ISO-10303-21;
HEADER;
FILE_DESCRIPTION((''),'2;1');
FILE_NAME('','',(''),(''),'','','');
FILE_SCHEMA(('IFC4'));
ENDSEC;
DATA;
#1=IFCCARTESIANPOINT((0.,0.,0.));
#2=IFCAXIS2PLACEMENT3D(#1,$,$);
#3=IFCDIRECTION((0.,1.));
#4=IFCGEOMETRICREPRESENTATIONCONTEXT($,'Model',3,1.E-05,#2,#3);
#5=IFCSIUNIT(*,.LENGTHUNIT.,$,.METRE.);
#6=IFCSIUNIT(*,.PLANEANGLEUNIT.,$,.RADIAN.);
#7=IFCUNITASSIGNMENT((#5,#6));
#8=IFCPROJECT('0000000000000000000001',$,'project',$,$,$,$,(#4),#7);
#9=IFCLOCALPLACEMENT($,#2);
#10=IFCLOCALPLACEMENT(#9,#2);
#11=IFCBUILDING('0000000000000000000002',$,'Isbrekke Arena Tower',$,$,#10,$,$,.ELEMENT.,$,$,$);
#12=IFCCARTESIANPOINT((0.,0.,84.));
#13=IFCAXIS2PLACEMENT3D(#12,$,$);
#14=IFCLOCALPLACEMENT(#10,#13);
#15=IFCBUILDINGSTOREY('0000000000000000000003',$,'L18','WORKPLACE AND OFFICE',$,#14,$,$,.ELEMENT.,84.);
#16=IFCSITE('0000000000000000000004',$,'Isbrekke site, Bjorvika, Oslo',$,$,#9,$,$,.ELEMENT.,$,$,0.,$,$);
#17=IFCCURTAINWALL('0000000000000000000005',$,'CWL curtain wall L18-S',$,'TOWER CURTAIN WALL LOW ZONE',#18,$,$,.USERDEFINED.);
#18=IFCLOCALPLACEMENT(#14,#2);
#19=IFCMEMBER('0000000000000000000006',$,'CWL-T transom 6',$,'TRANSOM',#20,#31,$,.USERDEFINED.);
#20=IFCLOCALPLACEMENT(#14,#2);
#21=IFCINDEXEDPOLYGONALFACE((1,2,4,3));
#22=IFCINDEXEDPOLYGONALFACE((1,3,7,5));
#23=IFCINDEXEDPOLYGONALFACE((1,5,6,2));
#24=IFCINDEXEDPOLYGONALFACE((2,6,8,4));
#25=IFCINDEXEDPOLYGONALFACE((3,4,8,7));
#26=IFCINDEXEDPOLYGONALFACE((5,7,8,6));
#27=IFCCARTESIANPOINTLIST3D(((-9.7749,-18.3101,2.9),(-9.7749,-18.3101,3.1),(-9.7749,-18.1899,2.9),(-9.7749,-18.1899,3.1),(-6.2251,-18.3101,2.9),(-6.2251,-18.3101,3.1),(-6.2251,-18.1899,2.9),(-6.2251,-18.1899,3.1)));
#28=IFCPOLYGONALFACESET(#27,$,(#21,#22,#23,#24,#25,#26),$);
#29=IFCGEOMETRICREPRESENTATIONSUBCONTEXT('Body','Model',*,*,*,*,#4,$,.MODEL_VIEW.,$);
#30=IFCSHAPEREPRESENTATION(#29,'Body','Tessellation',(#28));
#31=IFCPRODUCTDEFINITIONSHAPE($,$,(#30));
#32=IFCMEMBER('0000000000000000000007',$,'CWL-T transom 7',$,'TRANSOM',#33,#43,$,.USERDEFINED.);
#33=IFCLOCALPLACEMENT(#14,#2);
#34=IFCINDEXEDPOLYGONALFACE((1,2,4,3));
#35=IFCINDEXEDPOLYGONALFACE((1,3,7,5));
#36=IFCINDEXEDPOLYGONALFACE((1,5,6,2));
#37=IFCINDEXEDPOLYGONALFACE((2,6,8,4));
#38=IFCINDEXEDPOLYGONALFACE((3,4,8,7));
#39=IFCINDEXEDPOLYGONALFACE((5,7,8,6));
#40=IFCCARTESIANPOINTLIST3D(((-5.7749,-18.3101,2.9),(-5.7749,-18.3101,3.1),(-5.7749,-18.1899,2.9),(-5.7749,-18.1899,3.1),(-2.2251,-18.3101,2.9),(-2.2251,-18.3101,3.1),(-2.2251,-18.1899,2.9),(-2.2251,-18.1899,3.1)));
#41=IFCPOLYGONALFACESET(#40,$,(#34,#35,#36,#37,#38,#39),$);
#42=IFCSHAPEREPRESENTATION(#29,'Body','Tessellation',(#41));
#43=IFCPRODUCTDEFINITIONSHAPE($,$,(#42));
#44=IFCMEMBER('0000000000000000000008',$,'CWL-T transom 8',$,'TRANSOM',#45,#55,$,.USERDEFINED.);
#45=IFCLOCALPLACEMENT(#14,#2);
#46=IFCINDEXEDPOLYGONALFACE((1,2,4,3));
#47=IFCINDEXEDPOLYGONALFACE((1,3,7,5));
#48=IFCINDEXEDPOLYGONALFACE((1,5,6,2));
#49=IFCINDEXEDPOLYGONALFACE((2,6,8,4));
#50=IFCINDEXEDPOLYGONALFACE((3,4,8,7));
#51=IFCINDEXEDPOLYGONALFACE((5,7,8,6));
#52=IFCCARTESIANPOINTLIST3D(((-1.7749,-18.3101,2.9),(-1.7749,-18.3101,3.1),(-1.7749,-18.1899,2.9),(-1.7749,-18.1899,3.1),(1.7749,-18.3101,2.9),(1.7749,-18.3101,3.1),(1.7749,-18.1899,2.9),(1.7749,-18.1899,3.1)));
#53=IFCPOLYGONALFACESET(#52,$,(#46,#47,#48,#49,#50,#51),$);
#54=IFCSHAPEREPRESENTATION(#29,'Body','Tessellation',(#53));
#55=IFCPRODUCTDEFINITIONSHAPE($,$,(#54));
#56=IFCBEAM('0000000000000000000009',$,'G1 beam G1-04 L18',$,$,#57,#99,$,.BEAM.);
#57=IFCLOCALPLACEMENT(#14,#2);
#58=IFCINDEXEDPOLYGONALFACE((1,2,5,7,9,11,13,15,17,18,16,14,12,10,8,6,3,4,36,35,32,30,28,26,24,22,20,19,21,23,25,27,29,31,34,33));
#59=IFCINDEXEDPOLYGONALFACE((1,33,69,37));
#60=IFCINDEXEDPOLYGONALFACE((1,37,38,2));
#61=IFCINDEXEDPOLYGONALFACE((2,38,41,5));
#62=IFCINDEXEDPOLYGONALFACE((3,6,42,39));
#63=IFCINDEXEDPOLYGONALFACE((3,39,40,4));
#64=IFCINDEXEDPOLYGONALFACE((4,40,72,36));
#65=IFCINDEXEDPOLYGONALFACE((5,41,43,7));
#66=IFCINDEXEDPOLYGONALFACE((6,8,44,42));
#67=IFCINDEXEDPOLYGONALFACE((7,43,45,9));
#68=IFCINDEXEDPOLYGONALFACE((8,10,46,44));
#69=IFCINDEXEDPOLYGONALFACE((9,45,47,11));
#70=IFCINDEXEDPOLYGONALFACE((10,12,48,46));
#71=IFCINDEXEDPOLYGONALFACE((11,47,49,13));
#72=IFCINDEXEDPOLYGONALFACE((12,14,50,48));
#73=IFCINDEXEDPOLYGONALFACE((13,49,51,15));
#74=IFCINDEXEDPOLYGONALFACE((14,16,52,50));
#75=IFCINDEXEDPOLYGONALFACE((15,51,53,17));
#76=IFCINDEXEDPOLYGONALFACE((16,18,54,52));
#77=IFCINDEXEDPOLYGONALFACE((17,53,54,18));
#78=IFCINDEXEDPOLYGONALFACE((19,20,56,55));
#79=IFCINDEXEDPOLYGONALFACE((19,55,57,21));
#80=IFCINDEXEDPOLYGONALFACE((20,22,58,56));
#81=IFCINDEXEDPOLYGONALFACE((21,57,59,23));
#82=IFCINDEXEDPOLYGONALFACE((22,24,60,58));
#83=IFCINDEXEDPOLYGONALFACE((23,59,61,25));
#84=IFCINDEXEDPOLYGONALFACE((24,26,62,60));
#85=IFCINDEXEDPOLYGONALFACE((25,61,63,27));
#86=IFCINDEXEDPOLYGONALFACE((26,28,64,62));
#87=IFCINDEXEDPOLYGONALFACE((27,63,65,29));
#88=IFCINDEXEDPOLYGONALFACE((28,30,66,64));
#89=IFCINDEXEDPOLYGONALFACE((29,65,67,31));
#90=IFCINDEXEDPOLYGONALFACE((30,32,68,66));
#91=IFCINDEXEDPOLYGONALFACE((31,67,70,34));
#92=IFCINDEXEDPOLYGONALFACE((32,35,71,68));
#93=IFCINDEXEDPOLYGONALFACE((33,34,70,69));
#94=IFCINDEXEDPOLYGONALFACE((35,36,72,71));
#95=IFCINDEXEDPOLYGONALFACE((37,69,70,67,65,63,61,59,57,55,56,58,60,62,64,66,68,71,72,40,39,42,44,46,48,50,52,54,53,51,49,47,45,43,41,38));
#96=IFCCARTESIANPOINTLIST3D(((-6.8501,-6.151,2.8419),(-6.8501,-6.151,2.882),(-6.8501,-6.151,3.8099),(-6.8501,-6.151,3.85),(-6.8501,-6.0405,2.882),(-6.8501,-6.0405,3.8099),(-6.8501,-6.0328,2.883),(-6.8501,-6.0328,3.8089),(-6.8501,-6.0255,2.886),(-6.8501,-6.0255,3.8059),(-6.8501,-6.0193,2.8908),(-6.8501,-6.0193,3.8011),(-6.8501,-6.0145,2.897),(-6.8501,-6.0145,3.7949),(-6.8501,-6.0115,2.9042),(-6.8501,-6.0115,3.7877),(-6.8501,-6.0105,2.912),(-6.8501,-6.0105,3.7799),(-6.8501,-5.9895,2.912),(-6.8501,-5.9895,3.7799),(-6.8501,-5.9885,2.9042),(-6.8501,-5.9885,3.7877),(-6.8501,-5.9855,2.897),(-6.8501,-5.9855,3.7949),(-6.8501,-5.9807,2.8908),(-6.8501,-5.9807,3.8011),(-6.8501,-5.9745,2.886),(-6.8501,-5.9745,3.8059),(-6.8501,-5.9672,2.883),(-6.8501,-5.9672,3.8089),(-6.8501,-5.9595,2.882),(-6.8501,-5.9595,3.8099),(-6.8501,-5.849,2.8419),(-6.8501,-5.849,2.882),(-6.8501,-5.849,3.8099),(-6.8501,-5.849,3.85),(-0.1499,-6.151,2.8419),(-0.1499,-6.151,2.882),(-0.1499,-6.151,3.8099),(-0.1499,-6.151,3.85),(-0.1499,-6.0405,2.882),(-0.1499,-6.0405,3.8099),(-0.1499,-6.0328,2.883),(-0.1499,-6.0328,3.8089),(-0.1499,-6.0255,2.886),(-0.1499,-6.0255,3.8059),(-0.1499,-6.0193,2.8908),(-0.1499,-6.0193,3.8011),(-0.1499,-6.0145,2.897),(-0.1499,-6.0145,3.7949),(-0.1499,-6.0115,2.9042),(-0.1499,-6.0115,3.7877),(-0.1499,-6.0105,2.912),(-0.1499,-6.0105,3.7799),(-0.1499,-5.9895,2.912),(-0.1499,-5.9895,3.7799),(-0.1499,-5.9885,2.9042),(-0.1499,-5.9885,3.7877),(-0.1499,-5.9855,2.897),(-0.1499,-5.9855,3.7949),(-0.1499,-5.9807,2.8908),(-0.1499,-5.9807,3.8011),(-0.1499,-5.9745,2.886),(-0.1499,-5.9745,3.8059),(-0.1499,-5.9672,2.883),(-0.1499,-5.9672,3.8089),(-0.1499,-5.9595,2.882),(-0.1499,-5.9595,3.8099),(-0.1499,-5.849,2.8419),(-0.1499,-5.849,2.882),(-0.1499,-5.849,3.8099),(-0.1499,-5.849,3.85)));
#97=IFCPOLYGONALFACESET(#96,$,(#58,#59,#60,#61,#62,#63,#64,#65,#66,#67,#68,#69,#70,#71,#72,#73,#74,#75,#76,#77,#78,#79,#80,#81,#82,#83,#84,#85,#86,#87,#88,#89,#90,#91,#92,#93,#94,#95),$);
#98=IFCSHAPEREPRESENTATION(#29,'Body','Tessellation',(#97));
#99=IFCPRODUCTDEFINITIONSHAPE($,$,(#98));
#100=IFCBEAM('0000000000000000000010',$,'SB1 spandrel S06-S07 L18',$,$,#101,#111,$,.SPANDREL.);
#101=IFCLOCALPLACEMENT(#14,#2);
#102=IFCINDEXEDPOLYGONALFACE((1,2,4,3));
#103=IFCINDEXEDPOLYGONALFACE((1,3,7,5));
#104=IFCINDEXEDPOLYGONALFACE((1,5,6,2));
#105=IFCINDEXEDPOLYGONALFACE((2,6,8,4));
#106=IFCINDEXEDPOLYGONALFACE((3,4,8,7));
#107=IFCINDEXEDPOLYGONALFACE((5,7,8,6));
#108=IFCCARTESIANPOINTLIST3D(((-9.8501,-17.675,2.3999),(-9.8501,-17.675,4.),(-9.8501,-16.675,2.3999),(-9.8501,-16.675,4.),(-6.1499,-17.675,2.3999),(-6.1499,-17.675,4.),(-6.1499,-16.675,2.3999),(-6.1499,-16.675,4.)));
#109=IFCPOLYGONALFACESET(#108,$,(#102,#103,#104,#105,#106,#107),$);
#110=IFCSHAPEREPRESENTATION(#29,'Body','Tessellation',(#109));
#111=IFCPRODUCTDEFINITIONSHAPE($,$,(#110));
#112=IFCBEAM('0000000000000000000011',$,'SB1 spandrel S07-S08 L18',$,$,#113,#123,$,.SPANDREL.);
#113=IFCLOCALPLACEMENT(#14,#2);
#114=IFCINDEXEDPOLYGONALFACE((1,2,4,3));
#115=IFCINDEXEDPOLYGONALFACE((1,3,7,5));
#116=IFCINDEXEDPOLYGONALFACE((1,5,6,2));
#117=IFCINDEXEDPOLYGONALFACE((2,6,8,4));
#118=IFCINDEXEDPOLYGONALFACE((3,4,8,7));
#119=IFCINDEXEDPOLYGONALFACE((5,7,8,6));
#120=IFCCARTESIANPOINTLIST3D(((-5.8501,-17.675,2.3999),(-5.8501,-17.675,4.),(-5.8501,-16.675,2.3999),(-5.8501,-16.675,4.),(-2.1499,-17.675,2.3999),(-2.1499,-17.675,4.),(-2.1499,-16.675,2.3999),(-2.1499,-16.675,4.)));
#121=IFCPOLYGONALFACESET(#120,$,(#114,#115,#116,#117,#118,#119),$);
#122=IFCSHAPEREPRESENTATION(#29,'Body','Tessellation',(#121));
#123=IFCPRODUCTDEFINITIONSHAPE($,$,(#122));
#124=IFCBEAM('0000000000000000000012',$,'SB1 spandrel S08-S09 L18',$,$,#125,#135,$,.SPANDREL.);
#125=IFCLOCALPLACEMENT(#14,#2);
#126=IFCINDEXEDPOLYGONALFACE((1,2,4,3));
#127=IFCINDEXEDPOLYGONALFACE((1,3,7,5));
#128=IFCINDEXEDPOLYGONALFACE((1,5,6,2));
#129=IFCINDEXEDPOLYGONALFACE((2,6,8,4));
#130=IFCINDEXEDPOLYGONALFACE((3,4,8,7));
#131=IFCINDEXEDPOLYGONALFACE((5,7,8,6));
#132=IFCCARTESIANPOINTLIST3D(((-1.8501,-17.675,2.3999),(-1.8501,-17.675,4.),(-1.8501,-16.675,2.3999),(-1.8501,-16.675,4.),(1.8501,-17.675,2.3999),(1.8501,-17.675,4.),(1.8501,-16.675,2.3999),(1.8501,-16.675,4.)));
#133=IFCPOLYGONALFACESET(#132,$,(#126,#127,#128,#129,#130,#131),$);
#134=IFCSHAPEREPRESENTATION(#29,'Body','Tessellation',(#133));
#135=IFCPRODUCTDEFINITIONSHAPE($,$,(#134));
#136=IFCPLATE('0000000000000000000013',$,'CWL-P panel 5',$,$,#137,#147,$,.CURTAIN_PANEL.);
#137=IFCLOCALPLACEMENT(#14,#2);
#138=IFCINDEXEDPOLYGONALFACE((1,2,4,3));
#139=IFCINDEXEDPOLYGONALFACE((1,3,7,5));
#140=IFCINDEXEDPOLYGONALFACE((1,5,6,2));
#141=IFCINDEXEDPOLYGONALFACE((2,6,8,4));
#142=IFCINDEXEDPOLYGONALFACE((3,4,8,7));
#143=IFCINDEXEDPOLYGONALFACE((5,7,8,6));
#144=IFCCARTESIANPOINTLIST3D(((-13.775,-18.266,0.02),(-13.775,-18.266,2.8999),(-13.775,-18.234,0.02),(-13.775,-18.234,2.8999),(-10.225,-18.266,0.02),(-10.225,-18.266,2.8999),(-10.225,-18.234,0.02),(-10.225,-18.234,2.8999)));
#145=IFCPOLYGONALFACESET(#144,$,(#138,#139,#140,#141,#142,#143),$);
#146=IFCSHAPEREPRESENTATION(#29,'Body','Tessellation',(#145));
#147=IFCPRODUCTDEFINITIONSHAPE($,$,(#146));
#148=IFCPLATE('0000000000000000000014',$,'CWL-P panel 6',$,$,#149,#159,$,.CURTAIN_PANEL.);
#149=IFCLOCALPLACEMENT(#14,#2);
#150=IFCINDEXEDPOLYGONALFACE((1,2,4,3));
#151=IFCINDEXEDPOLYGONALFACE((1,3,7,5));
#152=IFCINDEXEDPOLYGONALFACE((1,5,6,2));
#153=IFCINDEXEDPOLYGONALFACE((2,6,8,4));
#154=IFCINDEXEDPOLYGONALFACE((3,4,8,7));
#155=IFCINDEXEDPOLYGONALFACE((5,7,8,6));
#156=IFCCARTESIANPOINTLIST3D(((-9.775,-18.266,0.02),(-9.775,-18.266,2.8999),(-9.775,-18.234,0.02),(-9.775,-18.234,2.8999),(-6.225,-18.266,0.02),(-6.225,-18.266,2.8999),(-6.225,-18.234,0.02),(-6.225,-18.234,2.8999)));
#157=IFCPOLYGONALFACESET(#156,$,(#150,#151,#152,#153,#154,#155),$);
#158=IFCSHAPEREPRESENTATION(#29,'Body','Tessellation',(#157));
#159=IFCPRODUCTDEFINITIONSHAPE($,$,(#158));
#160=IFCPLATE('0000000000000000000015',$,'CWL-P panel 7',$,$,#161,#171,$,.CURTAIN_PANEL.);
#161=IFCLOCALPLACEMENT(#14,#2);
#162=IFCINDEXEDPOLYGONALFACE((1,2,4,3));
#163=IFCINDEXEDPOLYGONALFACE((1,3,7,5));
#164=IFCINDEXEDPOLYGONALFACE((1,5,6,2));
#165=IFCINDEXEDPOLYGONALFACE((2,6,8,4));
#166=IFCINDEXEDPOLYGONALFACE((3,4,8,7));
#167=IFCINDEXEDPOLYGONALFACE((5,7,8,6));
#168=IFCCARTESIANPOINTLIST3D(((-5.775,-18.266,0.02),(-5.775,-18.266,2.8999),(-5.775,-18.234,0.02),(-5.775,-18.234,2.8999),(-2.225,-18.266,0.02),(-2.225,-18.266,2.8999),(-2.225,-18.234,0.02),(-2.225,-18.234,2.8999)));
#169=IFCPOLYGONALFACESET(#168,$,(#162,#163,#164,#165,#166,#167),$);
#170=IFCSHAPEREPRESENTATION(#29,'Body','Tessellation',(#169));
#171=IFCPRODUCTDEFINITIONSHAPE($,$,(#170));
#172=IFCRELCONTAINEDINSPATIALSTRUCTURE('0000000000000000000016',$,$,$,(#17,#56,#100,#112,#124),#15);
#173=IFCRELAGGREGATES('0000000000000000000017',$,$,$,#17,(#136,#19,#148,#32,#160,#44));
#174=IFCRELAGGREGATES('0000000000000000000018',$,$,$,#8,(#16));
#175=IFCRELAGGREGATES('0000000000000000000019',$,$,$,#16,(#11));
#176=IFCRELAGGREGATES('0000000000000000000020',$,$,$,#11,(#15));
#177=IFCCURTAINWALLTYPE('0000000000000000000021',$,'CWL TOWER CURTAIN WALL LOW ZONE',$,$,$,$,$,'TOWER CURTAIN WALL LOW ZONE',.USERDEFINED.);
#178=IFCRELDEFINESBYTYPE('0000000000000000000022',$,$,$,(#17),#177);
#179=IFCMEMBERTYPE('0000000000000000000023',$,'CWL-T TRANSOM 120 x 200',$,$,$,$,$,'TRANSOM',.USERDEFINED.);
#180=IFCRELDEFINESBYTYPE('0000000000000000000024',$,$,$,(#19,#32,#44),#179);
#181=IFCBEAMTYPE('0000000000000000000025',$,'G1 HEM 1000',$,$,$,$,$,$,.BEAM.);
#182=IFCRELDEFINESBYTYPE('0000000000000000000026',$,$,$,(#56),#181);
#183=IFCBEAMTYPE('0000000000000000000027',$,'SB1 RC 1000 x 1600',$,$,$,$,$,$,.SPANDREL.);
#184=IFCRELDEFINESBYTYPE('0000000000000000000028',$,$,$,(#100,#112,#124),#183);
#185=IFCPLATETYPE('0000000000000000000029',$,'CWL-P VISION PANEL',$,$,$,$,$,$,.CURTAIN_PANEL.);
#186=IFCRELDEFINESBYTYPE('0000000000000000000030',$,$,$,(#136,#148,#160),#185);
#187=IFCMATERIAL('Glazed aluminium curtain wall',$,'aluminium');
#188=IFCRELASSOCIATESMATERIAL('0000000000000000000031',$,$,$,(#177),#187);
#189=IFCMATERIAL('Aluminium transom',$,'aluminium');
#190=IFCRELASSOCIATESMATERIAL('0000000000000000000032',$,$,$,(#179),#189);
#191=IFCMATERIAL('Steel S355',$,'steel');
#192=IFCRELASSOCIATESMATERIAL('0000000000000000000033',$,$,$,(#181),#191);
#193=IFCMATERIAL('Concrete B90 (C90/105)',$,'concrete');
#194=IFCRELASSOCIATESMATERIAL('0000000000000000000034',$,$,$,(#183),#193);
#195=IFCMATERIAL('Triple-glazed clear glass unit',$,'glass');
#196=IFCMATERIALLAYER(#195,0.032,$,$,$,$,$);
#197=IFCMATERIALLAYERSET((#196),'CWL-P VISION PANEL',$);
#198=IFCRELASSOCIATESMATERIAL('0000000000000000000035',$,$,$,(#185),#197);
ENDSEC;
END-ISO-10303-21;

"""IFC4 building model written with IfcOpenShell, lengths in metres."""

from ifc_helpers import new_model, si_unit, direction, frame, origin, origin_2d, place, context, subcontext, project, spatial, rectangle, i_section, extrude, material, layer, layer_set, material_profile, profile_set, type_object, element, aggregate, save


model = new_model("IFC4")

# Units and contexts
model_context = context("Model", 3, precision=1e-05, world=origin(), true_north=direction((0.0, 1.0)))
body_context = subcontext(model_context, "Body", "Model", "MODEL_VIEW")
ifc_project = project(units=[si_unit("LENGTHUNIT", "METRE"), si_unit("PLANEANGLEUNIT", "RADIAN")], contexts=[model_context])

# Site, building, storey
site_placement = place(None, origin())
site = spatial("IfcSite", under=ifc_project, at=site_placement, Name="Isbrekke site, Bjorvika, Oslo", CompositionType="ELEMENT", RefElevation=0.0)
building_placement = place(site_placement, origin())
building = spatial("IfcBuilding", under=site, at=building_placement, Name="Isbrekke Arena Tower", CompositionType="ELEMENT")
storey_placement = place(building_placement, frame((0.0, 0.0, 84.0)))
storey = spatial("IfcBuildingStorey", under=building, at=storey_placement, Name="L18", Description="WORKPLACE AND OFFICE", CompositionType="ELEMENT", Elevation=84.0)

# Curtain wall, members
ifc_material_1 = material(Name="Glazed aluminium curtain wall", Category="aluminium")
curtain_wall_type = type_object("IfcCurtainWallType", Name="CWL TOWER CURTAIN WALL LOW ZONE", ElementType="TOWER CURTAIN WALL LOW ZONE", PredefinedType="USERDEFINED", material=ifc_material_1)
curtain_wall_placement = place(storey_placement, origin())
curtain_wall = element("IfcCurtainWall", 1, at=curtain_wall_placement, inside=storey, type_object=curtain_wall_type, Name="CWL curtain wall L18-S", ObjectType="TOWER CURTAIN WALL LOW ZONE", PredefinedType="USERDEFINED")
ifc_material_2 = material(Name="Aluminium transom", Category="aluminium")
ifc_material_profile_1 = material_profile(ifc_material_2, rectangle(XDim=0.1201, YDim=0.2, at=origin_2d()), Name="TRANSOM 120X200")
ifc_profile_set_1 = profile_set([ifc_material_profile_1], Name="Aluminium transom")
member_type_1 = type_object("IfcMemberType", Name="CWL-T TRANSOM 120 x 200", ElementType="TRANSOM", PredefinedType="USERDEFINED", material=ifc_profile_set_1)
member_1_placement = place(storey_placement, frame((-9.7749, -18.25, 3.0), z_axis=(1.0, 0.0, 0.0), x_axis=(0.0, 1.0, 0.0)))
member_1 = element("IfcMember", 2, at=member_1_placement, type_object=member_type_1, Name="CWL-T transom 6", ObjectType="TRANSOM", PredefinedType="USERDEFINED", context=body_context, shape_type="SweptSolid", body=[
    extrude(rectangle(XDim=0.1201, YDim=0.2, at=origin_2d()), origin(), (0.0, 0.0, 1.0), 3.5498),
])
member_2_placement = place(storey_placement, frame((-5.7749, -18.25, 3.0), z_axis=(1.0, 0.0, 0.0), x_axis=(0.0, 1.0, 0.0)))
member_2 = element("IfcMember", 3, at=member_2_placement, type_object=member_type_1, Name="CWL-T transom 7", ObjectType="TRANSOM", PredefinedType="USERDEFINED", context=body_context, shape_type="SweptSolid", body=[
    extrude(rectangle(XDim=0.1201, YDim=0.2, at=origin_2d()), origin(), (0.0, 0.0, 1.0), 3.5498),
])
member_3_placement = place(storey_placement, frame((-1.7749, -18.25, 3.0), z_axis=(1.0, 0.0, 0.0), x_axis=(0.0, 1.0, 0.0)))
member_3 = element("IfcMember", 4, at=member_3_placement, type_object=member_type_1, Name="CWL-T transom 8", ObjectType="TRANSOM", PredefinedType="USERDEFINED", context=body_context, shape_type="SweptSolid", body=[
    extrude(rectangle(XDim=0.1201, YDim=0.2, at=origin_2d()), origin(), (0.0, 0.0, 1.0), 3.5498),
])

# Beams
ifc_material_3 = material(Name="Steel S355", Category="steel")
ifc_material_profile_2 = material_profile(ifc_material_3, i_section(OverallWidth=0.302, OverallDepth=1.0081, WebThickness=0.021, FlangeThickness=0.04, FilletRadius=0.03, at=origin_2d()), Name="HEM 1000")
ifc_profile_set_2 = profile_set([ifc_material_profile_2], Name="Steel S355")
beam_type_1 = type_object("IfcBeamType", Name="G1 HEM 1000", PredefinedType="BEAM", material=ifc_profile_set_2)
beam_1_placement = place(storey_placement, frame((-6.8501, -6.0, 3.3459), z_axis=(1.0, 0.0, 0.0), x_axis=(0.0, 1.0, 0.0)))
element("IfcBeam", 5, at=beam_1_placement, inside=storey, type_object=beam_type_1, Name="G1 beam G1-04 L18", PredefinedType="BEAM", context=body_context, shape_type="SweptSolid", body=[
    extrude(i_section(OverallWidth=0.302, OverallDepth=1.0081, WebThickness=0.021, FlangeThickness=0.04, FilletRadius=0.03, at=origin_2d()), origin(), (0.0, 0.0, 1.0), 6.7002),
])
ifc_material_4 = material(Name="Concrete B90 (C90/105)", Category="concrete")
ifc_material_profile_3 = material_profile(ifc_material_4, rectangle(XDim=1.0, YDim=1.6001, at=origin_2d()), Name="RC 1000x1600")
ifc_profile_set_3 = profile_set([ifc_material_profile_3], Name="Concrete B90 (C90/105)")
beam_type_2 = type_object("IfcBeamType", Name="SB1 RC 1000 x 1600", PredefinedType="SPANDREL", material=ifc_profile_set_3)
for number, where, z_axis, x_axis, name in (
    (6, (-9.8501, -17.175, 3.2), (1.0, 0.0, 0.0), (0.0, 1.0, 0.0), "SB1 spandrel S06-S07 L18"),
    (7, (-5.8501, -17.175, 3.2), (1.0, 0.0, 0.0), (0.0, 1.0, 0.0), "SB1 spandrel S07-S08 L18"),
    (8, (-1.8501, -17.175, 3.2), (1.0, 0.0, 0.0), (0.0, 1.0, 0.0), "SB1 spandrel S08-S09 L18"),
):
    element("IfcBeam", number, at=place(storey_placement, frame(where, z_axis=z_axis, x_axis=x_axis)), inside=storey, type_object=beam_type_2, Name=name, PredefinedType="SPANDREL", context=body_context, shape_type="SweptSolid", body=[
        extrude(rectangle(XDim=1.0, YDim=1.6001, at=origin_2d()), origin(), (0.0, 0.0, 1.0), 3.7002),
    ])

# Plates
ifc_material_5 = material(Name="Triple-glazed clear glass unit", Category="glass")
ifc_layer_1 = layer(ifc_material_5, 0.032)
ifc_layer_set_1 = layer_set([ifc_layer_1], Name="CWL-P VISION PANEL")
plate_type = type_object("IfcPlateType", Name="CWL-P VISION PANEL", PredefinedType="CURTAIN_PANEL", material=ifc_layer_set_1)
plate_1_placement = place(storey_placement, frame((-12.0, -18.25, 0.02), z_axis=(0.0, 0.0, 1.0), x_axis=(1.0, 0.0, 0.0)))
plate_1 = element("IfcPlate", 9, at=plate_1_placement, type_object=plate_type, Name="CWL-P panel 5", PredefinedType="CURTAIN_PANEL", context=body_context, shape_type="SweptSolid", body=[
    extrude(rectangle(XDim=3.55, YDim=0.032, at=origin_2d()), origin(), (0.0, 0.0, 1.0), 2.8799),
])
plate_2_placement = place(storey_placement, frame((-8.0, -18.25, 0.02), z_axis=(0.0, 0.0, 1.0), x_axis=(1.0, 0.0, 0.0)))
plate_2 = element("IfcPlate", 10, at=plate_2_placement, type_object=plate_type, Name="CWL-P panel 6", PredefinedType="CURTAIN_PANEL", context=body_context, shape_type="SweptSolid", body=[
    extrude(rectangle(XDim=3.55, YDim=0.032, at=origin_2d()), origin(), (0.0, 0.0, 1.0), 2.8799),
])
plate_3_placement = place(storey_placement, frame((-4.0, -18.25, 0.02), z_axis=(0.0, 0.0, 1.0), x_axis=(1.0, 0.0, 0.0)))
plate_3 = element("IfcPlate", 11, at=plate_3_placement, type_object=plate_type, Name="CWL-P panel 7", PredefinedType="CURTAIN_PANEL", context=body_context, shape_type="SweptSolid", body=[
    extrude(rectangle(XDim=3.55, YDim=0.032, at=origin_2d()), origin(), (0.0, 0.0, 1.0), 2.8799),
])
aggregate(curtain_wall, [plate_1, member_1, plate_2, member_2, plate_3, member_3])

save(model, "model.ifc")
